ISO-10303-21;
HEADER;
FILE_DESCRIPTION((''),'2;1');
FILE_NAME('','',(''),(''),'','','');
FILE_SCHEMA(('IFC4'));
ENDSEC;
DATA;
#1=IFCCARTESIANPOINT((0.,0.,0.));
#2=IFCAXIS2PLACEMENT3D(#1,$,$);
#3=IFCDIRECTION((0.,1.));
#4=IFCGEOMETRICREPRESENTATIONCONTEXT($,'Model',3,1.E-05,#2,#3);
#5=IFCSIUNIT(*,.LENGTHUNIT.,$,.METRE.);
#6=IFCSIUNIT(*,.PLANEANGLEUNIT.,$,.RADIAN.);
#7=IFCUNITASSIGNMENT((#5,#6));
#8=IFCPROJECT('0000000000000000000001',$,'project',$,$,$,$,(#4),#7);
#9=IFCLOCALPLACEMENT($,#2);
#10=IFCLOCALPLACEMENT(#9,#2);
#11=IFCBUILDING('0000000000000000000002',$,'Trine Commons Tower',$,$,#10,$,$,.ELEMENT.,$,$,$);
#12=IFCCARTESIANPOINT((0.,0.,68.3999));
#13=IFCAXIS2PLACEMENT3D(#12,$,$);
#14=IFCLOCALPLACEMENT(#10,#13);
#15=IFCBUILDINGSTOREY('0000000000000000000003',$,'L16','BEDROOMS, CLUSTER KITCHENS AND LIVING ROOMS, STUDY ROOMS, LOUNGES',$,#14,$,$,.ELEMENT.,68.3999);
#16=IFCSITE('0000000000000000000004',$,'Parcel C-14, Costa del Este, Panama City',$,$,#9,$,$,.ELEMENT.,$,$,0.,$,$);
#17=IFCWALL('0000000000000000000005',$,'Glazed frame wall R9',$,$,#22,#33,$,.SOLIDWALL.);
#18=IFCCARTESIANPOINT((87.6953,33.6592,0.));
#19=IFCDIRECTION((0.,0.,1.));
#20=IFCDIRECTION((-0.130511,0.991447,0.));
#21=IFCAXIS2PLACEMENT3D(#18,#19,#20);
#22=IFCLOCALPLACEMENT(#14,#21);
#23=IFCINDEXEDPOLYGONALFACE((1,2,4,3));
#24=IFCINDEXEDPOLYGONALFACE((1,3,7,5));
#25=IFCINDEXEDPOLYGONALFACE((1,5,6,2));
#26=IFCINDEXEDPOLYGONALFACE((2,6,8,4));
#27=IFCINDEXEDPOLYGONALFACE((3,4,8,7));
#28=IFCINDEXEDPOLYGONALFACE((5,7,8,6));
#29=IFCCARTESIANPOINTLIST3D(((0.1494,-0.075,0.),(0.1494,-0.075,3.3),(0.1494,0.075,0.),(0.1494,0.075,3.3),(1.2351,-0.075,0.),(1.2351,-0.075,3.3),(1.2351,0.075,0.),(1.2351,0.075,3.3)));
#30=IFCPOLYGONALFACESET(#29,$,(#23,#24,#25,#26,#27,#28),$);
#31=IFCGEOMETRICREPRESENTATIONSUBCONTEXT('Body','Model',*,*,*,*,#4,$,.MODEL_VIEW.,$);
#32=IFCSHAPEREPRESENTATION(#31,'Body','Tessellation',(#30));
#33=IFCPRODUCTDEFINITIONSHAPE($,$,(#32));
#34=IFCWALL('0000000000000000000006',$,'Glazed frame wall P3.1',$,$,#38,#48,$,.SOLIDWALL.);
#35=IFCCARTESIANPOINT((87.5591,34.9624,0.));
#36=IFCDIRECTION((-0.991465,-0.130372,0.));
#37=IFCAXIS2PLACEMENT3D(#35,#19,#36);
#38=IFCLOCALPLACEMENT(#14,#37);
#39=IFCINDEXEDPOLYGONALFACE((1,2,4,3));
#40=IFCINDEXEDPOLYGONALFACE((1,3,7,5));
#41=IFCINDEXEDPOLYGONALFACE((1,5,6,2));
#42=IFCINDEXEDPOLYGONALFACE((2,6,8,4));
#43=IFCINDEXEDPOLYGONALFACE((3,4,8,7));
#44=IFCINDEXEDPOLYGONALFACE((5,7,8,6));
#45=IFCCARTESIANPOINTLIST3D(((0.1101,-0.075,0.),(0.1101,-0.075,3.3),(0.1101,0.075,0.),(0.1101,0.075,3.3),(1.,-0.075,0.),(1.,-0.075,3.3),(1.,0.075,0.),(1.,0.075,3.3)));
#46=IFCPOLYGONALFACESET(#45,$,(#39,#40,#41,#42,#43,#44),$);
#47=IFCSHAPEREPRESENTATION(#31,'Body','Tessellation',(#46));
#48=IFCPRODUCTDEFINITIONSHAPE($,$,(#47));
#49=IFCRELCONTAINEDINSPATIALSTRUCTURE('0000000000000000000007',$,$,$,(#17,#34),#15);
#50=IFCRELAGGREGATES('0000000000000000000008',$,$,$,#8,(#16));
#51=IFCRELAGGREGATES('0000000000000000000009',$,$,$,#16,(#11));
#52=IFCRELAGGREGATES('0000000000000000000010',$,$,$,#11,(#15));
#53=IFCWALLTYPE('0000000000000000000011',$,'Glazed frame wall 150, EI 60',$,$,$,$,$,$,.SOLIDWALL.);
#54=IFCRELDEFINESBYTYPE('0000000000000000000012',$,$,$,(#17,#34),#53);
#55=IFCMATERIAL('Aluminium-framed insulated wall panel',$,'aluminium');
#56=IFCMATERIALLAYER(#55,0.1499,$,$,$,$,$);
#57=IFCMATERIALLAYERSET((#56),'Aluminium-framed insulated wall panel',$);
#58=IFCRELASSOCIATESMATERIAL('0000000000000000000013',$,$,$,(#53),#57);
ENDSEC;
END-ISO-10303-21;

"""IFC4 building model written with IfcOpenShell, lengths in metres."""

from ifc_helpers import new_model, si_unit, direction, frame, origin, place, context, subcontext, project, spatial, polyline, outline, extrude, material, layer, layer_set, type_object, element, save


model = new_model("IFC4")

# Units and contexts
model_context = context("Model", 3, precision=1e-05, world=origin(), true_north=direction((0.0, 1.0)))
body_context = subcontext(model_context, "Body", "Model", "MODEL_VIEW")
ifc_project = project(units=[si_unit("LENGTHUNIT", "METRE"), si_unit("PLANEANGLEUNIT", "RADIAN")], contexts=[model_context])

# Site, building, storey
site_placement = place(None, origin())
site = spatial("IfcSite", under=ifc_project, at=site_placement, Name="Parcel C-14, Costa del Este, Panama City", CompositionType="ELEMENT", RefElevation=0.0)
building_placement = place(site_placement, origin())
building = spatial("IfcBuilding", under=site, at=building_placement, Name="Trine Commons Tower", CompositionType="ELEMENT")
storey_placement = place(building_placement, frame((0.0, 0.0, 68.3999)))
storey = spatial("IfcBuildingStorey", under=building, at=storey_placement, Name="L16", Description="BEDROOMS, CLUSTER KITCHENS AND LIVING ROOMS, STUDY ROOMS, LOUNGES", CompositionType="ELEMENT", Elevation=68.3999)

# Walls
ifc_material_1 = material(Name="Aluminium-framed insulated wall panel", Category="aluminium")
ifc_layer_1 = layer(ifc_material_1, 0.1499)
ifc_layer_set_1 = layer_set([ifc_layer_1], Name="Aluminium-framed insulated wall panel")
wall_type_1 = type_object("IfcWallType", Name="Glazed frame wall 150, EI 60", PredefinedType="SOLIDWALL", material=ifc_layer_set_1)
wall_1_placement = place(storey_placement, frame((87.6953, 33.6592, 0.0), z_axis=(0.0, 0.0, 1.0), x_axis=(-0.130511, 0.991447, 0.0)))
element("IfcWall", 1, at=wall_1_placement, inside=storey, type_object=wall_type_1, Name="Glazed frame wall R9", PredefinedType="SOLIDWALL", context=body_context, shape_type="SweptSolid", body=[
    extrude(outline(polyline([(0.1494, 0.075), (0.1494, -0.075), (1.2351, -0.075), (1.2351, 0.075), (0.1494, 0.075)])), origin(), (0.0, 0.0, 1.0), 3.3),
])
wall_2_placement = place(storey_placement, frame((87.5591, 34.9624, 0.0), z_axis=(0.0, 0.0, 1.0), x_axis=(-0.991465, -0.130372, 0.0)))
element("IfcWall", 2, at=wall_2_placement, inside=storey, type_object=wall_type_1, Name="Glazed frame wall P3.1", PredefinedType="SOLIDWALL", context=body_context, shape_type="SweptSolid", body=[
    extrude(outline(polyline([(0.1101, -0.075), (1.0, -0.075), (1.0, 0.075), (0.1101, 0.075), (0.1101, -0.075)])), origin(), (0.0, 0.0, 1.0), 3.3),
])

save(model, "model.ifc")
